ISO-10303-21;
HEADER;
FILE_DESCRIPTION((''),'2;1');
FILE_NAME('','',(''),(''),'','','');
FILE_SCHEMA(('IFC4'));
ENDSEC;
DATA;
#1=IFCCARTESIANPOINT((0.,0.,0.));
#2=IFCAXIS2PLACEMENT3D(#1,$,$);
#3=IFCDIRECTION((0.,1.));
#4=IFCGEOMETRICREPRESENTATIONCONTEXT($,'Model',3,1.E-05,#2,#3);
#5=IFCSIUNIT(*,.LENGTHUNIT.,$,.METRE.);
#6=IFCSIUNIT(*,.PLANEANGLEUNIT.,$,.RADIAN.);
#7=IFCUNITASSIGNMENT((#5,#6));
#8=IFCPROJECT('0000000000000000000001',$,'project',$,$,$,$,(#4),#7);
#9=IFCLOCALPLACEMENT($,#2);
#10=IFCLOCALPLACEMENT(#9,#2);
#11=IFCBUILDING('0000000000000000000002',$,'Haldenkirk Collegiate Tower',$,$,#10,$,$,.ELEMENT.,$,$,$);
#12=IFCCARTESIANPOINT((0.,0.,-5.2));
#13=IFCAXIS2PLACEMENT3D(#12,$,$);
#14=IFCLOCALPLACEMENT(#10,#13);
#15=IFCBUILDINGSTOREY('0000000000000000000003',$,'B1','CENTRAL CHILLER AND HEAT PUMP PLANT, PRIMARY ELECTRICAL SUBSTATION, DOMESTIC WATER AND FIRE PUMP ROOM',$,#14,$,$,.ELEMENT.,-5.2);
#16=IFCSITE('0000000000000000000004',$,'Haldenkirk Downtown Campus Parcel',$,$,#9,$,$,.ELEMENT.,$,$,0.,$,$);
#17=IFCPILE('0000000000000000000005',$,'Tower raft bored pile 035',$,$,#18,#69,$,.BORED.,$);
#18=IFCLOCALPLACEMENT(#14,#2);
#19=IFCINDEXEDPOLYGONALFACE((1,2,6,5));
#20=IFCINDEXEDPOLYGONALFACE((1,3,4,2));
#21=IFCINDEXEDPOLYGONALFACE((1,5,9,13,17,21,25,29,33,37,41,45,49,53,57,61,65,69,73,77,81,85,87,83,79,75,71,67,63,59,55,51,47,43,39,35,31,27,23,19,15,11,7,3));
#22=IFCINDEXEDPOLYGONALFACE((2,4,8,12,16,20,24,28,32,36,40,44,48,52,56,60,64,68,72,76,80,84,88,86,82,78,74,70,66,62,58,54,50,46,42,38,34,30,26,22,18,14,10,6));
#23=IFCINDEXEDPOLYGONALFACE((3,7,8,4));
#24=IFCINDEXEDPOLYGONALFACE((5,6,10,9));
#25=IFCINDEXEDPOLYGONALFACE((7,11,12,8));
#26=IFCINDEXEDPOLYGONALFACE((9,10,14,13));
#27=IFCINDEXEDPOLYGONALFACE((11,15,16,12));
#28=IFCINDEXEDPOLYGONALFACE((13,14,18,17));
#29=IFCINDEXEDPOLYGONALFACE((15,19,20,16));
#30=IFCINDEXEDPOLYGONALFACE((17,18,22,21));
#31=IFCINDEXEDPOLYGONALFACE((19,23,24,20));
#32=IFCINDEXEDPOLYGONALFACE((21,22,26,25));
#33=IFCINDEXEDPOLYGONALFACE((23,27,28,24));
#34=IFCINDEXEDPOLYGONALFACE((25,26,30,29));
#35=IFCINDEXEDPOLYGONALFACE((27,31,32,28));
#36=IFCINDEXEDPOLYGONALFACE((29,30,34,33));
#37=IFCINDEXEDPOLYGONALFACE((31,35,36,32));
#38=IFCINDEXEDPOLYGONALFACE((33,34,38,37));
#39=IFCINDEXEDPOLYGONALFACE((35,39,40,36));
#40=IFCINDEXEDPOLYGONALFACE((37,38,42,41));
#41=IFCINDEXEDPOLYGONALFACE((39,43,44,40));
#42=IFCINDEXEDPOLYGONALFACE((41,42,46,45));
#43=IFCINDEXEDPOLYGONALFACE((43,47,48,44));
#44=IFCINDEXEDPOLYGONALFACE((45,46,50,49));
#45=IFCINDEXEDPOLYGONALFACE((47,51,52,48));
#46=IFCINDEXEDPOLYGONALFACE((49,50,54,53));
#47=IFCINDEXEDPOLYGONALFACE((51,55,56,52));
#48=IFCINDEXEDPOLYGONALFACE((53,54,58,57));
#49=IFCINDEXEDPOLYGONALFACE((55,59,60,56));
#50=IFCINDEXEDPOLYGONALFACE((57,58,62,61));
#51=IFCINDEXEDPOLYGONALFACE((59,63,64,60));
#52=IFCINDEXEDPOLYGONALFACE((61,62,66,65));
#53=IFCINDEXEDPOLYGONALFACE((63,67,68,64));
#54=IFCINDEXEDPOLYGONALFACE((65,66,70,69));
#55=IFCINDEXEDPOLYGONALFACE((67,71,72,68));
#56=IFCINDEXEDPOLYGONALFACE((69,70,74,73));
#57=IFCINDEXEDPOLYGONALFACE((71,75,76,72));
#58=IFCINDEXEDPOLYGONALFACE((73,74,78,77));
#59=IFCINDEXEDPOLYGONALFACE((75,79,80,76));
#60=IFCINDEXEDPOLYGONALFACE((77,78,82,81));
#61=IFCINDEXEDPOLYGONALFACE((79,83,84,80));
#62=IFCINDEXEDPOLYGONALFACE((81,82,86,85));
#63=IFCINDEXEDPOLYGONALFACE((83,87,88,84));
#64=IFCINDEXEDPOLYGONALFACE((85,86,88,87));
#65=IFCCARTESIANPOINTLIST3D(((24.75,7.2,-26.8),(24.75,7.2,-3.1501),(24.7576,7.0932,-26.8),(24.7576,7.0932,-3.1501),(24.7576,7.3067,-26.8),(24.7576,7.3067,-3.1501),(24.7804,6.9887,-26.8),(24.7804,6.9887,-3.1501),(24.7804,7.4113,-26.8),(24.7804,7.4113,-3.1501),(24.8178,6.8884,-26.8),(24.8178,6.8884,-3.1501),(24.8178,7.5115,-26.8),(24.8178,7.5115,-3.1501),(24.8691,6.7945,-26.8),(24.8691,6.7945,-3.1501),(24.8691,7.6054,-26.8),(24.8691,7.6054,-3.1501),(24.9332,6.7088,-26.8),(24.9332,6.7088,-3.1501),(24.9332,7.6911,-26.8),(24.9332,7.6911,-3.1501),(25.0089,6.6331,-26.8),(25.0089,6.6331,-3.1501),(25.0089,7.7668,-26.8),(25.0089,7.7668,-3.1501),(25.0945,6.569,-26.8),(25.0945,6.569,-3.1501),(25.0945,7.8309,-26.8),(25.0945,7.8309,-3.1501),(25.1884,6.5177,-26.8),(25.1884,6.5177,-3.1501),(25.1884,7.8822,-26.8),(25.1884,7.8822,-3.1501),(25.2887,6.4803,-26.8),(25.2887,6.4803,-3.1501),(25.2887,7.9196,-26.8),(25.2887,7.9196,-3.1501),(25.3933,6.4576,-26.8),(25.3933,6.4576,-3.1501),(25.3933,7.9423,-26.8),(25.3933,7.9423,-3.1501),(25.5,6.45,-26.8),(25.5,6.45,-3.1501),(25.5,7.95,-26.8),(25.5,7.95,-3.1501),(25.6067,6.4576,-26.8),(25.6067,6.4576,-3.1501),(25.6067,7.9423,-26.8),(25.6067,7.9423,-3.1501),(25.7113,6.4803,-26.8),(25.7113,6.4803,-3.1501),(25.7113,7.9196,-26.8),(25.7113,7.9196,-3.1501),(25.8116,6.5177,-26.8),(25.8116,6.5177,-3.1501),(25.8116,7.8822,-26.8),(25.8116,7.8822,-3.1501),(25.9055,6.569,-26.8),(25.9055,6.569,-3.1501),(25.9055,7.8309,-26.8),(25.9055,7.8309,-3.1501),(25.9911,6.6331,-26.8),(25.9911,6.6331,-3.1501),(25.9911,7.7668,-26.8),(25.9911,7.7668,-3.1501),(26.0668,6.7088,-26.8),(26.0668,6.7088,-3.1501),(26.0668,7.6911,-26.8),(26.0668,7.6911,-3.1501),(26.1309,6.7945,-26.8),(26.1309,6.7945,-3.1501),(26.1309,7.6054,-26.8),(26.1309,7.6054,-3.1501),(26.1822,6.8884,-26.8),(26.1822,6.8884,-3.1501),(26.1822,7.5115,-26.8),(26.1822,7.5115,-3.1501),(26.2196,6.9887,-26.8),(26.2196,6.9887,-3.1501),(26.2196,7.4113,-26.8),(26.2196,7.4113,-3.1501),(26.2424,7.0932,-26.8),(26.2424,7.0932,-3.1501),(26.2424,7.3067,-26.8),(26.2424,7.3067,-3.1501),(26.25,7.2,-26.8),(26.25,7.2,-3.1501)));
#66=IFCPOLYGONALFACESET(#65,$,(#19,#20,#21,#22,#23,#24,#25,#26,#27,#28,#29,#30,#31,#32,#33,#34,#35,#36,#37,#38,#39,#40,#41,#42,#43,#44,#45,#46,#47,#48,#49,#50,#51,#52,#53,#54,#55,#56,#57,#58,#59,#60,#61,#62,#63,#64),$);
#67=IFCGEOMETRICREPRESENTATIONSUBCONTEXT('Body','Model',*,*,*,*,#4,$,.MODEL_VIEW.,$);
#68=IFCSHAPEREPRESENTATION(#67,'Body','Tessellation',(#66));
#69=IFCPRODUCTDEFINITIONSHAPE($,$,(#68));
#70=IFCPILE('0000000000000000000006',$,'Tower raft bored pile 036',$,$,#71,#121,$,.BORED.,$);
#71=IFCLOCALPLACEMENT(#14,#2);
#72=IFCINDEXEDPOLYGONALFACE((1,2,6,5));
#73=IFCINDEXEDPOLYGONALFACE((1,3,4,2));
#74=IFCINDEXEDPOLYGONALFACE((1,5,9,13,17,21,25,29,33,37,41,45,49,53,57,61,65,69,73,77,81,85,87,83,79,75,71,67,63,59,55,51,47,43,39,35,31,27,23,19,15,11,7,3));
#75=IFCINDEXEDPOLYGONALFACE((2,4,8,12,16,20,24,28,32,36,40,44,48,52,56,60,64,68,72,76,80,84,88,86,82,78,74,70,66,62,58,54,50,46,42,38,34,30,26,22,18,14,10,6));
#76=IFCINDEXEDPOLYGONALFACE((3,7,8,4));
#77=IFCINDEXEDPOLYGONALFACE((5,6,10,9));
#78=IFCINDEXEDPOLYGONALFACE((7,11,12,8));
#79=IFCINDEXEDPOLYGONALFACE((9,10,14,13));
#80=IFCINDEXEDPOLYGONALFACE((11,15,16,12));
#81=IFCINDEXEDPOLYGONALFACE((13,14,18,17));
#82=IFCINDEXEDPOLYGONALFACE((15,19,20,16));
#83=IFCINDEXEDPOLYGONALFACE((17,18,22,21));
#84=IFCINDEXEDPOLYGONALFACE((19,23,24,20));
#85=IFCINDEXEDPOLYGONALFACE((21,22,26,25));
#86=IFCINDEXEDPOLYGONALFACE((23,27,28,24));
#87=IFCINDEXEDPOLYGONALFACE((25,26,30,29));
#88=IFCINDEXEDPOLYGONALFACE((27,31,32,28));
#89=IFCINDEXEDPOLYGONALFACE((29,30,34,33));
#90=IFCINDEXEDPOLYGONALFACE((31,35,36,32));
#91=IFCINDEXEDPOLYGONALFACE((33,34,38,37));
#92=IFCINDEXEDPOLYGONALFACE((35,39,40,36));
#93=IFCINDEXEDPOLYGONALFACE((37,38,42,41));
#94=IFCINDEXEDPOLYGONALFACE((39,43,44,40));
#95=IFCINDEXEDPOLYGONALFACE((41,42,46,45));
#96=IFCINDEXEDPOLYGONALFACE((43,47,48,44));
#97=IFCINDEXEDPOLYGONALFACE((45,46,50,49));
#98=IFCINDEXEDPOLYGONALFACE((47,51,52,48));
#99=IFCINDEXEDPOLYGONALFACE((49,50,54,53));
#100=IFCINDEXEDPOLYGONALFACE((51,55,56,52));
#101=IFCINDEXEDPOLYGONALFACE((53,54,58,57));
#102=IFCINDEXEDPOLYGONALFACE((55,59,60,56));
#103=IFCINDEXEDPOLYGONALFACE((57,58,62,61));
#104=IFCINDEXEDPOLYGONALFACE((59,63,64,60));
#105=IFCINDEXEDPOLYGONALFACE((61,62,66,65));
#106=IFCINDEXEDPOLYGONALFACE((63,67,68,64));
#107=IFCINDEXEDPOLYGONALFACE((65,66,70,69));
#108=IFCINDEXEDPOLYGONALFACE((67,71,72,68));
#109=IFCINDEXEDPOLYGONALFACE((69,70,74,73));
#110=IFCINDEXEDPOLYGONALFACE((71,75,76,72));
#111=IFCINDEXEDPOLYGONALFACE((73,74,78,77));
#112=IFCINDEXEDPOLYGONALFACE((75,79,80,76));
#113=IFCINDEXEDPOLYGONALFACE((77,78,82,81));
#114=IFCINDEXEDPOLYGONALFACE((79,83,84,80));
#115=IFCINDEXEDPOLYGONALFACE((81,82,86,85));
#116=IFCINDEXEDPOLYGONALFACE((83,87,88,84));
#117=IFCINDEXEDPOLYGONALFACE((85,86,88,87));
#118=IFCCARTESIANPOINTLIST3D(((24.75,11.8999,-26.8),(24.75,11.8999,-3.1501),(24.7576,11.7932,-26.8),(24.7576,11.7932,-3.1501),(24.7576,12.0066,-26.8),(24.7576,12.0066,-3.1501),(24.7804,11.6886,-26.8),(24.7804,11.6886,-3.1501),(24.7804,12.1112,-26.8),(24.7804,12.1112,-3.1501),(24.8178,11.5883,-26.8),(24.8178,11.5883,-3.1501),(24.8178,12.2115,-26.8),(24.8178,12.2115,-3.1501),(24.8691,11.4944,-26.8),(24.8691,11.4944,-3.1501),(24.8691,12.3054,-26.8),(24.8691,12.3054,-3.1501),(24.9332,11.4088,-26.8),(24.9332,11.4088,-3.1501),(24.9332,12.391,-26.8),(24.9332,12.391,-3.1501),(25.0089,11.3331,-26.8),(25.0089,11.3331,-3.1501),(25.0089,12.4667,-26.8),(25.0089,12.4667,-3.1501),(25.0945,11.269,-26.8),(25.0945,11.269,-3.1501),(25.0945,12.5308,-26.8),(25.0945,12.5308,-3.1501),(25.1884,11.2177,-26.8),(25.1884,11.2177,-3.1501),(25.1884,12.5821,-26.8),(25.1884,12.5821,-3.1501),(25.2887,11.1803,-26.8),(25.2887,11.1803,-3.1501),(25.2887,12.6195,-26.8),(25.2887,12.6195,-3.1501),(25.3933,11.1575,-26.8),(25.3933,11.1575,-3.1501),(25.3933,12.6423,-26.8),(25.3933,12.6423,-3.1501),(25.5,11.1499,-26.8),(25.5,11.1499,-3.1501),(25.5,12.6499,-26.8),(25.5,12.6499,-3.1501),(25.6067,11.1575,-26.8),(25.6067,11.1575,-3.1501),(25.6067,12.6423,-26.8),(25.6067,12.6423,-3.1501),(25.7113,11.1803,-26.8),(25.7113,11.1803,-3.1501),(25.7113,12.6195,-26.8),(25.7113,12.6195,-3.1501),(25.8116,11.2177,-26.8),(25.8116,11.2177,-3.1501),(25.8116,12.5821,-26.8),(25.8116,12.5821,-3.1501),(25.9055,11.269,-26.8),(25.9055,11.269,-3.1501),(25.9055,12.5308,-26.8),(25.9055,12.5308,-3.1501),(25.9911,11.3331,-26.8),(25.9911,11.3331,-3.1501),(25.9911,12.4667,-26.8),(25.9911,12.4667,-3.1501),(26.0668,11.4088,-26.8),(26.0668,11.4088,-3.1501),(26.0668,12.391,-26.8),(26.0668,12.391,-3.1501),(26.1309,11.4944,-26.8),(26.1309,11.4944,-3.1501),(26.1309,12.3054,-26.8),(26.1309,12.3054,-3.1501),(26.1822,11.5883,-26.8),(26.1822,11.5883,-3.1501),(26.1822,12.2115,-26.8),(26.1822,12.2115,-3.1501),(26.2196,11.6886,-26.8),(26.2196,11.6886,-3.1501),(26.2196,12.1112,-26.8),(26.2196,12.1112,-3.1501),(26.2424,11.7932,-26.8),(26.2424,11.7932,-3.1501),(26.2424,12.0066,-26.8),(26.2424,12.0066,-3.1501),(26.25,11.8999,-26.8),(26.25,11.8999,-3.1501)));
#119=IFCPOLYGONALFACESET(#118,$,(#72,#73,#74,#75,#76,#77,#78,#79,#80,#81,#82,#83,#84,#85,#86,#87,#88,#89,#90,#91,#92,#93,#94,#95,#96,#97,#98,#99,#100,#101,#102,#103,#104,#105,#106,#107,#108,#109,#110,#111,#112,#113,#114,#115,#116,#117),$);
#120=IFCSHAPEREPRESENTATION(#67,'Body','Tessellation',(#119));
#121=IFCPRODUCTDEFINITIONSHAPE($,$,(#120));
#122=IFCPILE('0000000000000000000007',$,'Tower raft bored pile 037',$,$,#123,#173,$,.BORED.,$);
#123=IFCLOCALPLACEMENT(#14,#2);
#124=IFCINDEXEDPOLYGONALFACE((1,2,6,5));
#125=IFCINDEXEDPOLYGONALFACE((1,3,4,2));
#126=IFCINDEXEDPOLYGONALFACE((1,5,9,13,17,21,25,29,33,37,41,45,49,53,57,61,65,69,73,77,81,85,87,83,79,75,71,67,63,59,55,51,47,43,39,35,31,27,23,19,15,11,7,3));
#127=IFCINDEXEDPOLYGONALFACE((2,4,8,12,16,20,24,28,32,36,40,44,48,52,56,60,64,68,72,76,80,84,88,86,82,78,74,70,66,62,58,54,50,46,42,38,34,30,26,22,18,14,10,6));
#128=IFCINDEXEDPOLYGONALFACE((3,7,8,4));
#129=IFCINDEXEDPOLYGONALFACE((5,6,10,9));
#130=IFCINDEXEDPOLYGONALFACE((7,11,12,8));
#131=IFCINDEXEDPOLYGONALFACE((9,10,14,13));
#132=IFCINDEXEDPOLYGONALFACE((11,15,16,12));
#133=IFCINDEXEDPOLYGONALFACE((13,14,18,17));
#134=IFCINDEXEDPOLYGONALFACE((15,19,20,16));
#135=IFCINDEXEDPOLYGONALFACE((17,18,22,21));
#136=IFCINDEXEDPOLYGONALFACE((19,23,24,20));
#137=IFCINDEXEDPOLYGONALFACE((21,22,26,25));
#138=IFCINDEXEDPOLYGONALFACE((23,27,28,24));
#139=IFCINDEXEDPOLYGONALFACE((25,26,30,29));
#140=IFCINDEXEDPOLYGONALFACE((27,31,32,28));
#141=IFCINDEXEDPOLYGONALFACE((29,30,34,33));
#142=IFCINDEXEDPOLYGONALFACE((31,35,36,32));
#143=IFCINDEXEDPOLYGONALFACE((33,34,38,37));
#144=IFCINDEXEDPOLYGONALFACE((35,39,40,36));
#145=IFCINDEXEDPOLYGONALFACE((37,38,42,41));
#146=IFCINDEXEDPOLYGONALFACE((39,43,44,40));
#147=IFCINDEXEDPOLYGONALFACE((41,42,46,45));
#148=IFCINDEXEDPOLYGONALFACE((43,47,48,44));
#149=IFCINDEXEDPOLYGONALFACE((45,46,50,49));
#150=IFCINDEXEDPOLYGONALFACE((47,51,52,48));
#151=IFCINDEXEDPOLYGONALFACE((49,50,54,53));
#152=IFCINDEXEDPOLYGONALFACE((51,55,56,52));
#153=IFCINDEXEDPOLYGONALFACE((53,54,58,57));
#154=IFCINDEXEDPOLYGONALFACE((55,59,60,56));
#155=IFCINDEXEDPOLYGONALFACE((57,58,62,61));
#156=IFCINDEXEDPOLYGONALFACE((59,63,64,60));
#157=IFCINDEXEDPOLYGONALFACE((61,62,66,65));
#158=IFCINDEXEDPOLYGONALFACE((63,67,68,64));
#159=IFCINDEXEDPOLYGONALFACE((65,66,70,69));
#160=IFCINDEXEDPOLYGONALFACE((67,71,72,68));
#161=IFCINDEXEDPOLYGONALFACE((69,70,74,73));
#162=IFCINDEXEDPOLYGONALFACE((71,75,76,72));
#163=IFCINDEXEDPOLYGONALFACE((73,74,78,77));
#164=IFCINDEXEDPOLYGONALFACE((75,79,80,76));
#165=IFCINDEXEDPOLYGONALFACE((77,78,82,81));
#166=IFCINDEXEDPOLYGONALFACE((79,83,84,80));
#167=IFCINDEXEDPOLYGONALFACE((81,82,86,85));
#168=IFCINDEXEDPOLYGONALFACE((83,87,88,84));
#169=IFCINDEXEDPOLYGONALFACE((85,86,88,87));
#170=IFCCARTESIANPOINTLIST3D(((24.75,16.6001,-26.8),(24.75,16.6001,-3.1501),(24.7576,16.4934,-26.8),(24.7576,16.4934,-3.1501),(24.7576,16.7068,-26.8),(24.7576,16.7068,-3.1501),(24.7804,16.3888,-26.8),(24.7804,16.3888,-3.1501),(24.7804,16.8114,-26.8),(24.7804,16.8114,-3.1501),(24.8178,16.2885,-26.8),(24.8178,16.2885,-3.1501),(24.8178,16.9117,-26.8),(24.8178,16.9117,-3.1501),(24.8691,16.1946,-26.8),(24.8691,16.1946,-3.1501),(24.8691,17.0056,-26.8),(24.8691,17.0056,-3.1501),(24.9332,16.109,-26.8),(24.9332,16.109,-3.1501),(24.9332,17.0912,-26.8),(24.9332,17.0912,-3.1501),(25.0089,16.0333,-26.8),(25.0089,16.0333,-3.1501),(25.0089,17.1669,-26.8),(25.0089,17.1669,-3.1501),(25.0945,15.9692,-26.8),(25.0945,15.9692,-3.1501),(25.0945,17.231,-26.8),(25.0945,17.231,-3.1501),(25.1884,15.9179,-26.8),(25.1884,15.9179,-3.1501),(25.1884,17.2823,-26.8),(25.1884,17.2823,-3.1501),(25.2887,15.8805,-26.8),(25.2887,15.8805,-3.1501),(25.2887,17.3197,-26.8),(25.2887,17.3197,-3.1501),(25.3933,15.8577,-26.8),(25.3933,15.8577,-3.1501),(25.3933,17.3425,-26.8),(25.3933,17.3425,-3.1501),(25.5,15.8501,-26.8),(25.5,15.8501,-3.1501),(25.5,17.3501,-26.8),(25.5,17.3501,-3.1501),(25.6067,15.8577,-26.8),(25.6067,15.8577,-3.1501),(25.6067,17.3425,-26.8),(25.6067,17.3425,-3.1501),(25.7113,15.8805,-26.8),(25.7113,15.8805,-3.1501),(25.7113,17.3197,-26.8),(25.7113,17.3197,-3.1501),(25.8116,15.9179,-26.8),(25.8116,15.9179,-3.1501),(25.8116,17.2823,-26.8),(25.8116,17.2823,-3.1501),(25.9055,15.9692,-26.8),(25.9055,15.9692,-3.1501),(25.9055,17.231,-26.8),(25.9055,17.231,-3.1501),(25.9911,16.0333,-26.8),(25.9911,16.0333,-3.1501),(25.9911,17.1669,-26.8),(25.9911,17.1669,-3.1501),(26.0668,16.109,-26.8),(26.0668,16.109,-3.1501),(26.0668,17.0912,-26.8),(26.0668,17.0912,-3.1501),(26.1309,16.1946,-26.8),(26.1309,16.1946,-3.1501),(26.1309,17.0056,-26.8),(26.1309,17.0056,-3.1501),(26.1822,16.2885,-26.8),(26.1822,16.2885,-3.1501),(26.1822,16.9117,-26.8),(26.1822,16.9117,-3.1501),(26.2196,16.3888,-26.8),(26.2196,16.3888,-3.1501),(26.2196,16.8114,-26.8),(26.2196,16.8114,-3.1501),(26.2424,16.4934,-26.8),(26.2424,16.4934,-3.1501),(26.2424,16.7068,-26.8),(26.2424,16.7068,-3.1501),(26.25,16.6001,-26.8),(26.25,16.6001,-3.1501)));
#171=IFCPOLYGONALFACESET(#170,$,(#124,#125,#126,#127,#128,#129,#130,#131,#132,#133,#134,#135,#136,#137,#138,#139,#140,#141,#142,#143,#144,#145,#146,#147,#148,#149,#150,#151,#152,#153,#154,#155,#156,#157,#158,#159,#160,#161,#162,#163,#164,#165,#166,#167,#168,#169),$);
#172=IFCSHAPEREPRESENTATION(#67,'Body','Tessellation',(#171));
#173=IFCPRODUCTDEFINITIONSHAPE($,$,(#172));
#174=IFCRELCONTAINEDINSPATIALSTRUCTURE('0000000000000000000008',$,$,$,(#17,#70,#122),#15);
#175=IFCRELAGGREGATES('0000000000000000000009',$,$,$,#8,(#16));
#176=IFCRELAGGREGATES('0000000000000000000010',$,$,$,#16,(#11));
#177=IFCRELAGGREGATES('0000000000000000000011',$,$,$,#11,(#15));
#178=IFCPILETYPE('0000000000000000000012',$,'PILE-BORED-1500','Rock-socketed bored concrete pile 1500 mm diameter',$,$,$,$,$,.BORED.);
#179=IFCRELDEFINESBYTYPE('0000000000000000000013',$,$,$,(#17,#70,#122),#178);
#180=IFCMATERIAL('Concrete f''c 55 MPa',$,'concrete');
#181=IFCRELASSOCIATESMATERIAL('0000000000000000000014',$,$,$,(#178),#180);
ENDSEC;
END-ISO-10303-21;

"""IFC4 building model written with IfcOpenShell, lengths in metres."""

from ifc_helpers import new_model, si_unit, direction, frame, origin, origin_2d, place, context, subcontext, project, spatial, circle, extrude, material, material_profile, profile_set, type_object, element, save


model = new_model("IFC4")

# Units and contexts
model_context = context("Model", 3, precision=1e-05, world=origin(), true_north=direction((0.0, 1.0)))
body_context = subcontext(model_context, "Body", "Model", "MODEL_VIEW")
ifc_project = project(units=[si_unit("LENGTHUNIT", "METRE"), si_unit("PLANEANGLEUNIT", "RADIAN")], contexts=[model_context])

# Site, building, storey
site_placement = place(None, origin())
site = spatial("IfcSite", under=ifc_project, at=site_placement, Name="Haldenkirk Downtown Campus Parcel", CompositionType="ELEMENT", RefElevation=0.0)
building_placement = place(site_placement, origin())
building = spatial("IfcBuilding", under=site, at=building_placement, Name="Haldenkirk Collegiate Tower", CompositionType="ELEMENT")
storey_placement = place(building_placement, frame((0.0, 0.0, -5.2)))
storey = spatial("IfcBuildingStorey", under=building, at=storey_placement, Name="B1", Description="CENTRAL CHILLER AND HEAT PUMP PLANT, PRIMARY ELECTRICAL SUBSTATION, DOMESTIC WATER AND FIRE PUMP ROOM", CompositionType="ELEMENT", Elevation=-5.2)

# Piles
ifc_material_1 = material(Name="Concrete f'c 55 MPa", Category="concrete")
ifc_material_profile_1 = material_profile(ifc_material_1, circle(Radius=0.75, at=origin_2d()), Name="PILE1500")
ifc_profile_set_1 = profile_set([ifc_material_profile_1], Name="Concrete f'c 55 MPa")
pile_type = type_object("IfcPileType", Name="PILE-BORED-1500", Description="Rock-socketed bored concrete pile 1500 mm diameter", PredefinedType="BORED", material=ifc_profile_set_1)
for number, where, z_axis, x_axis, name in (
    (1, (25.5, 7.2, -3.1501), (0.0, 0.0, -1.0), (1.0, 0.0, 0.0), "Tower raft bored pile 035"),
    (2, (25.5, 11.8999, -3.1501), (0.0, 0.0, -1.0), (1.0, 0.0, 0.0), "Tower raft bored pile 036"),
    (3, (25.5, 16.6001, -3.1501), (0.0, 0.0, -1.0), (1.0, 0.0, 0.0), "Tower raft bored pile 037"),
):
    element("IfcPile", number, at=place(storey_placement, frame(where, z_axis=z_axis, x_axis=x_axis)), inside=storey, type_object=pile_type, Name=name, PredefinedType="BORED", context=body_context, shape_type="SweptSolid", body=[
        extrude(circle(Radius=0.75, at=origin_2d()), origin(), (0.0, 0.0, 1.0), 23.6499),
    ])

save(model, "model.ifc")
